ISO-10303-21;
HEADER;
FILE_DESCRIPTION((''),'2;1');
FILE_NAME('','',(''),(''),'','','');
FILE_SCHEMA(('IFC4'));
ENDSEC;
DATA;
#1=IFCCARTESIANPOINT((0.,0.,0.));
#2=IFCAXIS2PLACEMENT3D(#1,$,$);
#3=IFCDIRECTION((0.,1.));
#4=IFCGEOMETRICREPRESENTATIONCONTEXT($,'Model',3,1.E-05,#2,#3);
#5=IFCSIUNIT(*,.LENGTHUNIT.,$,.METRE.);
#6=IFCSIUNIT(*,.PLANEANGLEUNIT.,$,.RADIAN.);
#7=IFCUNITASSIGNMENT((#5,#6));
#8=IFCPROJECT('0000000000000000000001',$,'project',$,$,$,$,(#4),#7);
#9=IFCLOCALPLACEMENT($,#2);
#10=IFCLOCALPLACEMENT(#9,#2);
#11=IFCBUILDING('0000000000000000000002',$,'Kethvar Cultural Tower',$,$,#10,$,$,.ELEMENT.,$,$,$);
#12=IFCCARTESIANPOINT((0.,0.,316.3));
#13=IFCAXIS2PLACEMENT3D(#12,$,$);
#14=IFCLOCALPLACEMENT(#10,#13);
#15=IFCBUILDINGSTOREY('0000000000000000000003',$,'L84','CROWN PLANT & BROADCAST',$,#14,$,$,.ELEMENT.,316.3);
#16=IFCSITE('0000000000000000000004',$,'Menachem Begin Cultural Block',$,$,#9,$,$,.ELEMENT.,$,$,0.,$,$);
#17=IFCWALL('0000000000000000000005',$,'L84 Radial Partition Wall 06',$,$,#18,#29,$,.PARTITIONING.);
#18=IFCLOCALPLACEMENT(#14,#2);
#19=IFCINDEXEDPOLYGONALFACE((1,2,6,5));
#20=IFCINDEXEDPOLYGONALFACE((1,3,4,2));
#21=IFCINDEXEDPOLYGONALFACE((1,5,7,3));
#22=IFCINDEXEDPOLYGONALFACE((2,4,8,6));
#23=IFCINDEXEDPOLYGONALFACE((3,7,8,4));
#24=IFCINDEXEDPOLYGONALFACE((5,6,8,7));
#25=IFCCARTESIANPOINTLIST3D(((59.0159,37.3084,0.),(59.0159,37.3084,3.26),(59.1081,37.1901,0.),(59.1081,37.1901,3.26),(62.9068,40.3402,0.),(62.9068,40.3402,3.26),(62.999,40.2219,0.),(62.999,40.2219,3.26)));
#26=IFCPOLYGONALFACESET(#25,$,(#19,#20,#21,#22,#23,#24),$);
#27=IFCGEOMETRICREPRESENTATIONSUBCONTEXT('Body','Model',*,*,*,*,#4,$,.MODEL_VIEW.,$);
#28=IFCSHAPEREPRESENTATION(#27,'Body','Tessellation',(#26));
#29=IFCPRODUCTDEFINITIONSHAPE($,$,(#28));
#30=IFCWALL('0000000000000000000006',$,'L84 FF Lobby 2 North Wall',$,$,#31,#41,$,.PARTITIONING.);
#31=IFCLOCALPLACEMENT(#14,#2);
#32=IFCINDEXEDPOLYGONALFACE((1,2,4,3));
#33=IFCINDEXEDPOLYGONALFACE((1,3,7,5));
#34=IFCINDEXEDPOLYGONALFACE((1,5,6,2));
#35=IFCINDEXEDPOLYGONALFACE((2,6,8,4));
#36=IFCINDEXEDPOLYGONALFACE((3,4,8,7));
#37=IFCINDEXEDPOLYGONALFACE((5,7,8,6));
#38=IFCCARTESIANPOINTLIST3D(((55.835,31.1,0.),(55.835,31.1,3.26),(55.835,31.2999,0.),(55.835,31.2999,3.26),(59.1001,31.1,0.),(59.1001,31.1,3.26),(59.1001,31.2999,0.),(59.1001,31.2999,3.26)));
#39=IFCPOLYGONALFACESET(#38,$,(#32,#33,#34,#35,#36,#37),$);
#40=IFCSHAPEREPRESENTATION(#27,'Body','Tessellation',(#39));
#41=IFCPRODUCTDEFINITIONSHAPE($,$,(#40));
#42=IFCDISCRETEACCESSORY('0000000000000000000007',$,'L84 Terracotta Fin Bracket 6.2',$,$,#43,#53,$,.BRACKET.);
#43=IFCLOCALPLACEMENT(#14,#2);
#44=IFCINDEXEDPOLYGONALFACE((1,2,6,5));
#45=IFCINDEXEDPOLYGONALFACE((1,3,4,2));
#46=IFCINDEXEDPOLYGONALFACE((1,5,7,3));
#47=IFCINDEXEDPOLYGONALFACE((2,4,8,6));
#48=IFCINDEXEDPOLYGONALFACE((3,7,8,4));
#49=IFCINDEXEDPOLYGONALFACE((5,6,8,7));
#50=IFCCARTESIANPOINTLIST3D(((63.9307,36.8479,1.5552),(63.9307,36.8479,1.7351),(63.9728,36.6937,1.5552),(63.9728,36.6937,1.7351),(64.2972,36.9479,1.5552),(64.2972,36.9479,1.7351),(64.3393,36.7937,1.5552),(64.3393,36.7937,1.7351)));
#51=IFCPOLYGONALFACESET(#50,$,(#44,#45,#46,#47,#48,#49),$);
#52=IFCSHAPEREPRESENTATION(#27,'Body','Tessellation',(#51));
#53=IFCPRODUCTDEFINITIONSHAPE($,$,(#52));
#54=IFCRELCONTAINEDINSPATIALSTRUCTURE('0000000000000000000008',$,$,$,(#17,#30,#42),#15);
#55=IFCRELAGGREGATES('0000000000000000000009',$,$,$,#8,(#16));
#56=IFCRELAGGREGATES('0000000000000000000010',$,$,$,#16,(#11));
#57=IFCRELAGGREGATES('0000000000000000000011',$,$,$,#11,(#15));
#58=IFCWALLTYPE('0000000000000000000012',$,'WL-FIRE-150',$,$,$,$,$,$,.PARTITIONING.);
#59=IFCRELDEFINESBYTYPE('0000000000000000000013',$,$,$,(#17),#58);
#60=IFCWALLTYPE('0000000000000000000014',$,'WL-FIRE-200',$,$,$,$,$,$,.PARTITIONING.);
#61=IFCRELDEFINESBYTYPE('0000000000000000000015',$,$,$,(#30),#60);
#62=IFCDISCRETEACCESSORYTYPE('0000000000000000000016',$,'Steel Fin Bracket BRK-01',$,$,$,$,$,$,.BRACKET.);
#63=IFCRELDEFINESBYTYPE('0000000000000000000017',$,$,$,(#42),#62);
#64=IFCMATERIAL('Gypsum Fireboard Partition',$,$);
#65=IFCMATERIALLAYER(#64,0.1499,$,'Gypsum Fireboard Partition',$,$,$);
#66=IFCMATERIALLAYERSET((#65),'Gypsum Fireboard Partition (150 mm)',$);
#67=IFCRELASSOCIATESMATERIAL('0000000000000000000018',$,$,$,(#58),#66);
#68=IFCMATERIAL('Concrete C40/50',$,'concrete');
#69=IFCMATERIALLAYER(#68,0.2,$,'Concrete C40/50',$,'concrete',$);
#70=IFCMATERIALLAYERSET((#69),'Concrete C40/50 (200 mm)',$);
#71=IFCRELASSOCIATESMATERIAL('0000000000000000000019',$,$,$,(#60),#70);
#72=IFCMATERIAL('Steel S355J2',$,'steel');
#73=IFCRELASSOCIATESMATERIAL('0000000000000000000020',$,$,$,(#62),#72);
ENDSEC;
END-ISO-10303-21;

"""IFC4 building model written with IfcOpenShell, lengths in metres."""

from ifc_helpers import new_model, si_unit, direction, frame, frame_2d, origin, origin_2d, place, context, subcontext, project, spatial, rectangle, extrude, source, transform, mapped, material, layer, layer_set, type_object, element, save


model = new_model("IFC4")

# Units and contexts
model_context = context("Model", 3, precision=1e-05, world=origin(), true_north=direction((0.0, 1.0)))
body_context = subcontext(model_context, "Body", "Model", "MODEL_VIEW")
ifc_project = project(units=[si_unit("LENGTHUNIT", "METRE"), si_unit("PLANEANGLEUNIT", "RADIAN")], contexts=[model_context])

# Site, building, storey
site_placement = place(None, origin())
site = spatial("IfcSite", under=ifc_project, at=site_placement, Name="Menachem Begin Cultural Block", CompositionType="ELEMENT", RefElevation=0.0)
building_placement = place(site_placement, origin())
building = spatial("IfcBuilding", under=site, at=building_placement, Name="Kethvar Cultural Tower", CompositionType="ELEMENT")
storey_placement = place(building_placement, frame((0.0, 0.0, 316.3)))
storey = spatial("IfcBuildingStorey", under=building, at=storey_placement, Name="L84", Description="CROWN PLANT & BROADCAST", CompositionType="ELEMENT", Elevation=316.3)

# Shared definitions
ifc_material_1 = material(Name="Steel S355J2", Category="steel")

# Shared definitions
ifc_material_2 = material(Name="Gypsum Fireboard Partition")
ifc_layer_1 = layer(ifc_material_2, 0.1499, Name="Gypsum Fireboard Partition")
ifc_layer_set_1 = layer_set([ifc_layer_1], Name="Gypsum Fireboard Partition (150 mm)")
wall_type_1 = type_object("IfcWallType", Name="WL-FIRE-150", PredefinedType="PARTITIONING", material=ifc_layer_set_1)

# Walls
wall_1_placement = place(storey_placement, frame((59.062, 37.2493, 0.0), z_axis=(0.0, 0.0, 1.0), x_axis=(0.788811, 0.614636, 0.0)))
element("IfcWall", 1, at=wall_1_placement, inside=storey, type_object=wall_type_1, Name="L84 Radial Partition Wall 06", PredefinedType="PARTITIONING", context=body_context, shape_type="SweptSolid", body=[
    extrude(rectangle(XDim=4.9326, YDim=0.1499, at=frame_2d((2.4663, 0.0))), origin(), (0.0, 0.0, 1.0), 3.26),
])
ifc_material_3 = material(Name="Concrete C40/50", Category="concrete")
ifc_layer_2 = layer(ifc_material_3, 0.2, Name="Concrete C40/50", Category="concrete")
ifc_layer_set_2 = layer_set([ifc_layer_2], Name="Concrete C40/50 (200 mm)")
wall_type_2 = type_object("IfcWallType", Name="WL-FIRE-200", PredefinedType="PARTITIONING", material=ifc_layer_set_2)
wall_2_placement = place(storey_placement, frame((55.835, 31.2, 0.0), z_axis=(0.0, 0.0, 1.0), x_axis=(1.0, 0.0, 0.0)))
element("IfcWall", 2, at=wall_2_placement, inside=storey, type_object=wall_type_2, Name="L84 FF Lobby 2 North Wall", PredefinedType="PARTITIONING", context=body_context, shape_type="SweptSolid", body=[
    extrude(rectangle(XDim=3.2651, YDim=0.2, at=frame_2d((1.6326, 0.0))), origin(), (0.0, 0.0, 1.0), 3.26),
])

# Discrete accessory
discrete_accessory_type = type_object("IfcDiscreteAccessoryType", Name="Steel Fin Bracket BRK-01", PredefinedType="BRACKET", material=ifc_material_1)
shared_shape_1 = source(origin(), body_context, "Body", "SweptSolid", [
    extrude(rectangle(XDim=0.3799, YDim=0.1599, at=origin_2d()), origin(), (0.0, 0.0, 1.0), 0.1799),
])
discrete_accessory_placement = place(storey_placement, frame((64.135, 36.8208, 1.5552), z_axis=(0.0, 0.0, 1.0), x_axis=(0.964741, 0.2632, 0.0)))
element("IfcDiscreteAccessory", 3, at=discrete_accessory_placement, inside=storey, type_object=discrete_accessory_type, Name="L84 Terracotta Fin Bracket 6.2", PredefinedType="BRACKET", context=body_context, shape_type="MappedRepresentation", body=[
    mapped(shared_shape_1, transform((0.0, 0.0, 0.0), scale=1.0)),
])

save(model, "model.ifc")
